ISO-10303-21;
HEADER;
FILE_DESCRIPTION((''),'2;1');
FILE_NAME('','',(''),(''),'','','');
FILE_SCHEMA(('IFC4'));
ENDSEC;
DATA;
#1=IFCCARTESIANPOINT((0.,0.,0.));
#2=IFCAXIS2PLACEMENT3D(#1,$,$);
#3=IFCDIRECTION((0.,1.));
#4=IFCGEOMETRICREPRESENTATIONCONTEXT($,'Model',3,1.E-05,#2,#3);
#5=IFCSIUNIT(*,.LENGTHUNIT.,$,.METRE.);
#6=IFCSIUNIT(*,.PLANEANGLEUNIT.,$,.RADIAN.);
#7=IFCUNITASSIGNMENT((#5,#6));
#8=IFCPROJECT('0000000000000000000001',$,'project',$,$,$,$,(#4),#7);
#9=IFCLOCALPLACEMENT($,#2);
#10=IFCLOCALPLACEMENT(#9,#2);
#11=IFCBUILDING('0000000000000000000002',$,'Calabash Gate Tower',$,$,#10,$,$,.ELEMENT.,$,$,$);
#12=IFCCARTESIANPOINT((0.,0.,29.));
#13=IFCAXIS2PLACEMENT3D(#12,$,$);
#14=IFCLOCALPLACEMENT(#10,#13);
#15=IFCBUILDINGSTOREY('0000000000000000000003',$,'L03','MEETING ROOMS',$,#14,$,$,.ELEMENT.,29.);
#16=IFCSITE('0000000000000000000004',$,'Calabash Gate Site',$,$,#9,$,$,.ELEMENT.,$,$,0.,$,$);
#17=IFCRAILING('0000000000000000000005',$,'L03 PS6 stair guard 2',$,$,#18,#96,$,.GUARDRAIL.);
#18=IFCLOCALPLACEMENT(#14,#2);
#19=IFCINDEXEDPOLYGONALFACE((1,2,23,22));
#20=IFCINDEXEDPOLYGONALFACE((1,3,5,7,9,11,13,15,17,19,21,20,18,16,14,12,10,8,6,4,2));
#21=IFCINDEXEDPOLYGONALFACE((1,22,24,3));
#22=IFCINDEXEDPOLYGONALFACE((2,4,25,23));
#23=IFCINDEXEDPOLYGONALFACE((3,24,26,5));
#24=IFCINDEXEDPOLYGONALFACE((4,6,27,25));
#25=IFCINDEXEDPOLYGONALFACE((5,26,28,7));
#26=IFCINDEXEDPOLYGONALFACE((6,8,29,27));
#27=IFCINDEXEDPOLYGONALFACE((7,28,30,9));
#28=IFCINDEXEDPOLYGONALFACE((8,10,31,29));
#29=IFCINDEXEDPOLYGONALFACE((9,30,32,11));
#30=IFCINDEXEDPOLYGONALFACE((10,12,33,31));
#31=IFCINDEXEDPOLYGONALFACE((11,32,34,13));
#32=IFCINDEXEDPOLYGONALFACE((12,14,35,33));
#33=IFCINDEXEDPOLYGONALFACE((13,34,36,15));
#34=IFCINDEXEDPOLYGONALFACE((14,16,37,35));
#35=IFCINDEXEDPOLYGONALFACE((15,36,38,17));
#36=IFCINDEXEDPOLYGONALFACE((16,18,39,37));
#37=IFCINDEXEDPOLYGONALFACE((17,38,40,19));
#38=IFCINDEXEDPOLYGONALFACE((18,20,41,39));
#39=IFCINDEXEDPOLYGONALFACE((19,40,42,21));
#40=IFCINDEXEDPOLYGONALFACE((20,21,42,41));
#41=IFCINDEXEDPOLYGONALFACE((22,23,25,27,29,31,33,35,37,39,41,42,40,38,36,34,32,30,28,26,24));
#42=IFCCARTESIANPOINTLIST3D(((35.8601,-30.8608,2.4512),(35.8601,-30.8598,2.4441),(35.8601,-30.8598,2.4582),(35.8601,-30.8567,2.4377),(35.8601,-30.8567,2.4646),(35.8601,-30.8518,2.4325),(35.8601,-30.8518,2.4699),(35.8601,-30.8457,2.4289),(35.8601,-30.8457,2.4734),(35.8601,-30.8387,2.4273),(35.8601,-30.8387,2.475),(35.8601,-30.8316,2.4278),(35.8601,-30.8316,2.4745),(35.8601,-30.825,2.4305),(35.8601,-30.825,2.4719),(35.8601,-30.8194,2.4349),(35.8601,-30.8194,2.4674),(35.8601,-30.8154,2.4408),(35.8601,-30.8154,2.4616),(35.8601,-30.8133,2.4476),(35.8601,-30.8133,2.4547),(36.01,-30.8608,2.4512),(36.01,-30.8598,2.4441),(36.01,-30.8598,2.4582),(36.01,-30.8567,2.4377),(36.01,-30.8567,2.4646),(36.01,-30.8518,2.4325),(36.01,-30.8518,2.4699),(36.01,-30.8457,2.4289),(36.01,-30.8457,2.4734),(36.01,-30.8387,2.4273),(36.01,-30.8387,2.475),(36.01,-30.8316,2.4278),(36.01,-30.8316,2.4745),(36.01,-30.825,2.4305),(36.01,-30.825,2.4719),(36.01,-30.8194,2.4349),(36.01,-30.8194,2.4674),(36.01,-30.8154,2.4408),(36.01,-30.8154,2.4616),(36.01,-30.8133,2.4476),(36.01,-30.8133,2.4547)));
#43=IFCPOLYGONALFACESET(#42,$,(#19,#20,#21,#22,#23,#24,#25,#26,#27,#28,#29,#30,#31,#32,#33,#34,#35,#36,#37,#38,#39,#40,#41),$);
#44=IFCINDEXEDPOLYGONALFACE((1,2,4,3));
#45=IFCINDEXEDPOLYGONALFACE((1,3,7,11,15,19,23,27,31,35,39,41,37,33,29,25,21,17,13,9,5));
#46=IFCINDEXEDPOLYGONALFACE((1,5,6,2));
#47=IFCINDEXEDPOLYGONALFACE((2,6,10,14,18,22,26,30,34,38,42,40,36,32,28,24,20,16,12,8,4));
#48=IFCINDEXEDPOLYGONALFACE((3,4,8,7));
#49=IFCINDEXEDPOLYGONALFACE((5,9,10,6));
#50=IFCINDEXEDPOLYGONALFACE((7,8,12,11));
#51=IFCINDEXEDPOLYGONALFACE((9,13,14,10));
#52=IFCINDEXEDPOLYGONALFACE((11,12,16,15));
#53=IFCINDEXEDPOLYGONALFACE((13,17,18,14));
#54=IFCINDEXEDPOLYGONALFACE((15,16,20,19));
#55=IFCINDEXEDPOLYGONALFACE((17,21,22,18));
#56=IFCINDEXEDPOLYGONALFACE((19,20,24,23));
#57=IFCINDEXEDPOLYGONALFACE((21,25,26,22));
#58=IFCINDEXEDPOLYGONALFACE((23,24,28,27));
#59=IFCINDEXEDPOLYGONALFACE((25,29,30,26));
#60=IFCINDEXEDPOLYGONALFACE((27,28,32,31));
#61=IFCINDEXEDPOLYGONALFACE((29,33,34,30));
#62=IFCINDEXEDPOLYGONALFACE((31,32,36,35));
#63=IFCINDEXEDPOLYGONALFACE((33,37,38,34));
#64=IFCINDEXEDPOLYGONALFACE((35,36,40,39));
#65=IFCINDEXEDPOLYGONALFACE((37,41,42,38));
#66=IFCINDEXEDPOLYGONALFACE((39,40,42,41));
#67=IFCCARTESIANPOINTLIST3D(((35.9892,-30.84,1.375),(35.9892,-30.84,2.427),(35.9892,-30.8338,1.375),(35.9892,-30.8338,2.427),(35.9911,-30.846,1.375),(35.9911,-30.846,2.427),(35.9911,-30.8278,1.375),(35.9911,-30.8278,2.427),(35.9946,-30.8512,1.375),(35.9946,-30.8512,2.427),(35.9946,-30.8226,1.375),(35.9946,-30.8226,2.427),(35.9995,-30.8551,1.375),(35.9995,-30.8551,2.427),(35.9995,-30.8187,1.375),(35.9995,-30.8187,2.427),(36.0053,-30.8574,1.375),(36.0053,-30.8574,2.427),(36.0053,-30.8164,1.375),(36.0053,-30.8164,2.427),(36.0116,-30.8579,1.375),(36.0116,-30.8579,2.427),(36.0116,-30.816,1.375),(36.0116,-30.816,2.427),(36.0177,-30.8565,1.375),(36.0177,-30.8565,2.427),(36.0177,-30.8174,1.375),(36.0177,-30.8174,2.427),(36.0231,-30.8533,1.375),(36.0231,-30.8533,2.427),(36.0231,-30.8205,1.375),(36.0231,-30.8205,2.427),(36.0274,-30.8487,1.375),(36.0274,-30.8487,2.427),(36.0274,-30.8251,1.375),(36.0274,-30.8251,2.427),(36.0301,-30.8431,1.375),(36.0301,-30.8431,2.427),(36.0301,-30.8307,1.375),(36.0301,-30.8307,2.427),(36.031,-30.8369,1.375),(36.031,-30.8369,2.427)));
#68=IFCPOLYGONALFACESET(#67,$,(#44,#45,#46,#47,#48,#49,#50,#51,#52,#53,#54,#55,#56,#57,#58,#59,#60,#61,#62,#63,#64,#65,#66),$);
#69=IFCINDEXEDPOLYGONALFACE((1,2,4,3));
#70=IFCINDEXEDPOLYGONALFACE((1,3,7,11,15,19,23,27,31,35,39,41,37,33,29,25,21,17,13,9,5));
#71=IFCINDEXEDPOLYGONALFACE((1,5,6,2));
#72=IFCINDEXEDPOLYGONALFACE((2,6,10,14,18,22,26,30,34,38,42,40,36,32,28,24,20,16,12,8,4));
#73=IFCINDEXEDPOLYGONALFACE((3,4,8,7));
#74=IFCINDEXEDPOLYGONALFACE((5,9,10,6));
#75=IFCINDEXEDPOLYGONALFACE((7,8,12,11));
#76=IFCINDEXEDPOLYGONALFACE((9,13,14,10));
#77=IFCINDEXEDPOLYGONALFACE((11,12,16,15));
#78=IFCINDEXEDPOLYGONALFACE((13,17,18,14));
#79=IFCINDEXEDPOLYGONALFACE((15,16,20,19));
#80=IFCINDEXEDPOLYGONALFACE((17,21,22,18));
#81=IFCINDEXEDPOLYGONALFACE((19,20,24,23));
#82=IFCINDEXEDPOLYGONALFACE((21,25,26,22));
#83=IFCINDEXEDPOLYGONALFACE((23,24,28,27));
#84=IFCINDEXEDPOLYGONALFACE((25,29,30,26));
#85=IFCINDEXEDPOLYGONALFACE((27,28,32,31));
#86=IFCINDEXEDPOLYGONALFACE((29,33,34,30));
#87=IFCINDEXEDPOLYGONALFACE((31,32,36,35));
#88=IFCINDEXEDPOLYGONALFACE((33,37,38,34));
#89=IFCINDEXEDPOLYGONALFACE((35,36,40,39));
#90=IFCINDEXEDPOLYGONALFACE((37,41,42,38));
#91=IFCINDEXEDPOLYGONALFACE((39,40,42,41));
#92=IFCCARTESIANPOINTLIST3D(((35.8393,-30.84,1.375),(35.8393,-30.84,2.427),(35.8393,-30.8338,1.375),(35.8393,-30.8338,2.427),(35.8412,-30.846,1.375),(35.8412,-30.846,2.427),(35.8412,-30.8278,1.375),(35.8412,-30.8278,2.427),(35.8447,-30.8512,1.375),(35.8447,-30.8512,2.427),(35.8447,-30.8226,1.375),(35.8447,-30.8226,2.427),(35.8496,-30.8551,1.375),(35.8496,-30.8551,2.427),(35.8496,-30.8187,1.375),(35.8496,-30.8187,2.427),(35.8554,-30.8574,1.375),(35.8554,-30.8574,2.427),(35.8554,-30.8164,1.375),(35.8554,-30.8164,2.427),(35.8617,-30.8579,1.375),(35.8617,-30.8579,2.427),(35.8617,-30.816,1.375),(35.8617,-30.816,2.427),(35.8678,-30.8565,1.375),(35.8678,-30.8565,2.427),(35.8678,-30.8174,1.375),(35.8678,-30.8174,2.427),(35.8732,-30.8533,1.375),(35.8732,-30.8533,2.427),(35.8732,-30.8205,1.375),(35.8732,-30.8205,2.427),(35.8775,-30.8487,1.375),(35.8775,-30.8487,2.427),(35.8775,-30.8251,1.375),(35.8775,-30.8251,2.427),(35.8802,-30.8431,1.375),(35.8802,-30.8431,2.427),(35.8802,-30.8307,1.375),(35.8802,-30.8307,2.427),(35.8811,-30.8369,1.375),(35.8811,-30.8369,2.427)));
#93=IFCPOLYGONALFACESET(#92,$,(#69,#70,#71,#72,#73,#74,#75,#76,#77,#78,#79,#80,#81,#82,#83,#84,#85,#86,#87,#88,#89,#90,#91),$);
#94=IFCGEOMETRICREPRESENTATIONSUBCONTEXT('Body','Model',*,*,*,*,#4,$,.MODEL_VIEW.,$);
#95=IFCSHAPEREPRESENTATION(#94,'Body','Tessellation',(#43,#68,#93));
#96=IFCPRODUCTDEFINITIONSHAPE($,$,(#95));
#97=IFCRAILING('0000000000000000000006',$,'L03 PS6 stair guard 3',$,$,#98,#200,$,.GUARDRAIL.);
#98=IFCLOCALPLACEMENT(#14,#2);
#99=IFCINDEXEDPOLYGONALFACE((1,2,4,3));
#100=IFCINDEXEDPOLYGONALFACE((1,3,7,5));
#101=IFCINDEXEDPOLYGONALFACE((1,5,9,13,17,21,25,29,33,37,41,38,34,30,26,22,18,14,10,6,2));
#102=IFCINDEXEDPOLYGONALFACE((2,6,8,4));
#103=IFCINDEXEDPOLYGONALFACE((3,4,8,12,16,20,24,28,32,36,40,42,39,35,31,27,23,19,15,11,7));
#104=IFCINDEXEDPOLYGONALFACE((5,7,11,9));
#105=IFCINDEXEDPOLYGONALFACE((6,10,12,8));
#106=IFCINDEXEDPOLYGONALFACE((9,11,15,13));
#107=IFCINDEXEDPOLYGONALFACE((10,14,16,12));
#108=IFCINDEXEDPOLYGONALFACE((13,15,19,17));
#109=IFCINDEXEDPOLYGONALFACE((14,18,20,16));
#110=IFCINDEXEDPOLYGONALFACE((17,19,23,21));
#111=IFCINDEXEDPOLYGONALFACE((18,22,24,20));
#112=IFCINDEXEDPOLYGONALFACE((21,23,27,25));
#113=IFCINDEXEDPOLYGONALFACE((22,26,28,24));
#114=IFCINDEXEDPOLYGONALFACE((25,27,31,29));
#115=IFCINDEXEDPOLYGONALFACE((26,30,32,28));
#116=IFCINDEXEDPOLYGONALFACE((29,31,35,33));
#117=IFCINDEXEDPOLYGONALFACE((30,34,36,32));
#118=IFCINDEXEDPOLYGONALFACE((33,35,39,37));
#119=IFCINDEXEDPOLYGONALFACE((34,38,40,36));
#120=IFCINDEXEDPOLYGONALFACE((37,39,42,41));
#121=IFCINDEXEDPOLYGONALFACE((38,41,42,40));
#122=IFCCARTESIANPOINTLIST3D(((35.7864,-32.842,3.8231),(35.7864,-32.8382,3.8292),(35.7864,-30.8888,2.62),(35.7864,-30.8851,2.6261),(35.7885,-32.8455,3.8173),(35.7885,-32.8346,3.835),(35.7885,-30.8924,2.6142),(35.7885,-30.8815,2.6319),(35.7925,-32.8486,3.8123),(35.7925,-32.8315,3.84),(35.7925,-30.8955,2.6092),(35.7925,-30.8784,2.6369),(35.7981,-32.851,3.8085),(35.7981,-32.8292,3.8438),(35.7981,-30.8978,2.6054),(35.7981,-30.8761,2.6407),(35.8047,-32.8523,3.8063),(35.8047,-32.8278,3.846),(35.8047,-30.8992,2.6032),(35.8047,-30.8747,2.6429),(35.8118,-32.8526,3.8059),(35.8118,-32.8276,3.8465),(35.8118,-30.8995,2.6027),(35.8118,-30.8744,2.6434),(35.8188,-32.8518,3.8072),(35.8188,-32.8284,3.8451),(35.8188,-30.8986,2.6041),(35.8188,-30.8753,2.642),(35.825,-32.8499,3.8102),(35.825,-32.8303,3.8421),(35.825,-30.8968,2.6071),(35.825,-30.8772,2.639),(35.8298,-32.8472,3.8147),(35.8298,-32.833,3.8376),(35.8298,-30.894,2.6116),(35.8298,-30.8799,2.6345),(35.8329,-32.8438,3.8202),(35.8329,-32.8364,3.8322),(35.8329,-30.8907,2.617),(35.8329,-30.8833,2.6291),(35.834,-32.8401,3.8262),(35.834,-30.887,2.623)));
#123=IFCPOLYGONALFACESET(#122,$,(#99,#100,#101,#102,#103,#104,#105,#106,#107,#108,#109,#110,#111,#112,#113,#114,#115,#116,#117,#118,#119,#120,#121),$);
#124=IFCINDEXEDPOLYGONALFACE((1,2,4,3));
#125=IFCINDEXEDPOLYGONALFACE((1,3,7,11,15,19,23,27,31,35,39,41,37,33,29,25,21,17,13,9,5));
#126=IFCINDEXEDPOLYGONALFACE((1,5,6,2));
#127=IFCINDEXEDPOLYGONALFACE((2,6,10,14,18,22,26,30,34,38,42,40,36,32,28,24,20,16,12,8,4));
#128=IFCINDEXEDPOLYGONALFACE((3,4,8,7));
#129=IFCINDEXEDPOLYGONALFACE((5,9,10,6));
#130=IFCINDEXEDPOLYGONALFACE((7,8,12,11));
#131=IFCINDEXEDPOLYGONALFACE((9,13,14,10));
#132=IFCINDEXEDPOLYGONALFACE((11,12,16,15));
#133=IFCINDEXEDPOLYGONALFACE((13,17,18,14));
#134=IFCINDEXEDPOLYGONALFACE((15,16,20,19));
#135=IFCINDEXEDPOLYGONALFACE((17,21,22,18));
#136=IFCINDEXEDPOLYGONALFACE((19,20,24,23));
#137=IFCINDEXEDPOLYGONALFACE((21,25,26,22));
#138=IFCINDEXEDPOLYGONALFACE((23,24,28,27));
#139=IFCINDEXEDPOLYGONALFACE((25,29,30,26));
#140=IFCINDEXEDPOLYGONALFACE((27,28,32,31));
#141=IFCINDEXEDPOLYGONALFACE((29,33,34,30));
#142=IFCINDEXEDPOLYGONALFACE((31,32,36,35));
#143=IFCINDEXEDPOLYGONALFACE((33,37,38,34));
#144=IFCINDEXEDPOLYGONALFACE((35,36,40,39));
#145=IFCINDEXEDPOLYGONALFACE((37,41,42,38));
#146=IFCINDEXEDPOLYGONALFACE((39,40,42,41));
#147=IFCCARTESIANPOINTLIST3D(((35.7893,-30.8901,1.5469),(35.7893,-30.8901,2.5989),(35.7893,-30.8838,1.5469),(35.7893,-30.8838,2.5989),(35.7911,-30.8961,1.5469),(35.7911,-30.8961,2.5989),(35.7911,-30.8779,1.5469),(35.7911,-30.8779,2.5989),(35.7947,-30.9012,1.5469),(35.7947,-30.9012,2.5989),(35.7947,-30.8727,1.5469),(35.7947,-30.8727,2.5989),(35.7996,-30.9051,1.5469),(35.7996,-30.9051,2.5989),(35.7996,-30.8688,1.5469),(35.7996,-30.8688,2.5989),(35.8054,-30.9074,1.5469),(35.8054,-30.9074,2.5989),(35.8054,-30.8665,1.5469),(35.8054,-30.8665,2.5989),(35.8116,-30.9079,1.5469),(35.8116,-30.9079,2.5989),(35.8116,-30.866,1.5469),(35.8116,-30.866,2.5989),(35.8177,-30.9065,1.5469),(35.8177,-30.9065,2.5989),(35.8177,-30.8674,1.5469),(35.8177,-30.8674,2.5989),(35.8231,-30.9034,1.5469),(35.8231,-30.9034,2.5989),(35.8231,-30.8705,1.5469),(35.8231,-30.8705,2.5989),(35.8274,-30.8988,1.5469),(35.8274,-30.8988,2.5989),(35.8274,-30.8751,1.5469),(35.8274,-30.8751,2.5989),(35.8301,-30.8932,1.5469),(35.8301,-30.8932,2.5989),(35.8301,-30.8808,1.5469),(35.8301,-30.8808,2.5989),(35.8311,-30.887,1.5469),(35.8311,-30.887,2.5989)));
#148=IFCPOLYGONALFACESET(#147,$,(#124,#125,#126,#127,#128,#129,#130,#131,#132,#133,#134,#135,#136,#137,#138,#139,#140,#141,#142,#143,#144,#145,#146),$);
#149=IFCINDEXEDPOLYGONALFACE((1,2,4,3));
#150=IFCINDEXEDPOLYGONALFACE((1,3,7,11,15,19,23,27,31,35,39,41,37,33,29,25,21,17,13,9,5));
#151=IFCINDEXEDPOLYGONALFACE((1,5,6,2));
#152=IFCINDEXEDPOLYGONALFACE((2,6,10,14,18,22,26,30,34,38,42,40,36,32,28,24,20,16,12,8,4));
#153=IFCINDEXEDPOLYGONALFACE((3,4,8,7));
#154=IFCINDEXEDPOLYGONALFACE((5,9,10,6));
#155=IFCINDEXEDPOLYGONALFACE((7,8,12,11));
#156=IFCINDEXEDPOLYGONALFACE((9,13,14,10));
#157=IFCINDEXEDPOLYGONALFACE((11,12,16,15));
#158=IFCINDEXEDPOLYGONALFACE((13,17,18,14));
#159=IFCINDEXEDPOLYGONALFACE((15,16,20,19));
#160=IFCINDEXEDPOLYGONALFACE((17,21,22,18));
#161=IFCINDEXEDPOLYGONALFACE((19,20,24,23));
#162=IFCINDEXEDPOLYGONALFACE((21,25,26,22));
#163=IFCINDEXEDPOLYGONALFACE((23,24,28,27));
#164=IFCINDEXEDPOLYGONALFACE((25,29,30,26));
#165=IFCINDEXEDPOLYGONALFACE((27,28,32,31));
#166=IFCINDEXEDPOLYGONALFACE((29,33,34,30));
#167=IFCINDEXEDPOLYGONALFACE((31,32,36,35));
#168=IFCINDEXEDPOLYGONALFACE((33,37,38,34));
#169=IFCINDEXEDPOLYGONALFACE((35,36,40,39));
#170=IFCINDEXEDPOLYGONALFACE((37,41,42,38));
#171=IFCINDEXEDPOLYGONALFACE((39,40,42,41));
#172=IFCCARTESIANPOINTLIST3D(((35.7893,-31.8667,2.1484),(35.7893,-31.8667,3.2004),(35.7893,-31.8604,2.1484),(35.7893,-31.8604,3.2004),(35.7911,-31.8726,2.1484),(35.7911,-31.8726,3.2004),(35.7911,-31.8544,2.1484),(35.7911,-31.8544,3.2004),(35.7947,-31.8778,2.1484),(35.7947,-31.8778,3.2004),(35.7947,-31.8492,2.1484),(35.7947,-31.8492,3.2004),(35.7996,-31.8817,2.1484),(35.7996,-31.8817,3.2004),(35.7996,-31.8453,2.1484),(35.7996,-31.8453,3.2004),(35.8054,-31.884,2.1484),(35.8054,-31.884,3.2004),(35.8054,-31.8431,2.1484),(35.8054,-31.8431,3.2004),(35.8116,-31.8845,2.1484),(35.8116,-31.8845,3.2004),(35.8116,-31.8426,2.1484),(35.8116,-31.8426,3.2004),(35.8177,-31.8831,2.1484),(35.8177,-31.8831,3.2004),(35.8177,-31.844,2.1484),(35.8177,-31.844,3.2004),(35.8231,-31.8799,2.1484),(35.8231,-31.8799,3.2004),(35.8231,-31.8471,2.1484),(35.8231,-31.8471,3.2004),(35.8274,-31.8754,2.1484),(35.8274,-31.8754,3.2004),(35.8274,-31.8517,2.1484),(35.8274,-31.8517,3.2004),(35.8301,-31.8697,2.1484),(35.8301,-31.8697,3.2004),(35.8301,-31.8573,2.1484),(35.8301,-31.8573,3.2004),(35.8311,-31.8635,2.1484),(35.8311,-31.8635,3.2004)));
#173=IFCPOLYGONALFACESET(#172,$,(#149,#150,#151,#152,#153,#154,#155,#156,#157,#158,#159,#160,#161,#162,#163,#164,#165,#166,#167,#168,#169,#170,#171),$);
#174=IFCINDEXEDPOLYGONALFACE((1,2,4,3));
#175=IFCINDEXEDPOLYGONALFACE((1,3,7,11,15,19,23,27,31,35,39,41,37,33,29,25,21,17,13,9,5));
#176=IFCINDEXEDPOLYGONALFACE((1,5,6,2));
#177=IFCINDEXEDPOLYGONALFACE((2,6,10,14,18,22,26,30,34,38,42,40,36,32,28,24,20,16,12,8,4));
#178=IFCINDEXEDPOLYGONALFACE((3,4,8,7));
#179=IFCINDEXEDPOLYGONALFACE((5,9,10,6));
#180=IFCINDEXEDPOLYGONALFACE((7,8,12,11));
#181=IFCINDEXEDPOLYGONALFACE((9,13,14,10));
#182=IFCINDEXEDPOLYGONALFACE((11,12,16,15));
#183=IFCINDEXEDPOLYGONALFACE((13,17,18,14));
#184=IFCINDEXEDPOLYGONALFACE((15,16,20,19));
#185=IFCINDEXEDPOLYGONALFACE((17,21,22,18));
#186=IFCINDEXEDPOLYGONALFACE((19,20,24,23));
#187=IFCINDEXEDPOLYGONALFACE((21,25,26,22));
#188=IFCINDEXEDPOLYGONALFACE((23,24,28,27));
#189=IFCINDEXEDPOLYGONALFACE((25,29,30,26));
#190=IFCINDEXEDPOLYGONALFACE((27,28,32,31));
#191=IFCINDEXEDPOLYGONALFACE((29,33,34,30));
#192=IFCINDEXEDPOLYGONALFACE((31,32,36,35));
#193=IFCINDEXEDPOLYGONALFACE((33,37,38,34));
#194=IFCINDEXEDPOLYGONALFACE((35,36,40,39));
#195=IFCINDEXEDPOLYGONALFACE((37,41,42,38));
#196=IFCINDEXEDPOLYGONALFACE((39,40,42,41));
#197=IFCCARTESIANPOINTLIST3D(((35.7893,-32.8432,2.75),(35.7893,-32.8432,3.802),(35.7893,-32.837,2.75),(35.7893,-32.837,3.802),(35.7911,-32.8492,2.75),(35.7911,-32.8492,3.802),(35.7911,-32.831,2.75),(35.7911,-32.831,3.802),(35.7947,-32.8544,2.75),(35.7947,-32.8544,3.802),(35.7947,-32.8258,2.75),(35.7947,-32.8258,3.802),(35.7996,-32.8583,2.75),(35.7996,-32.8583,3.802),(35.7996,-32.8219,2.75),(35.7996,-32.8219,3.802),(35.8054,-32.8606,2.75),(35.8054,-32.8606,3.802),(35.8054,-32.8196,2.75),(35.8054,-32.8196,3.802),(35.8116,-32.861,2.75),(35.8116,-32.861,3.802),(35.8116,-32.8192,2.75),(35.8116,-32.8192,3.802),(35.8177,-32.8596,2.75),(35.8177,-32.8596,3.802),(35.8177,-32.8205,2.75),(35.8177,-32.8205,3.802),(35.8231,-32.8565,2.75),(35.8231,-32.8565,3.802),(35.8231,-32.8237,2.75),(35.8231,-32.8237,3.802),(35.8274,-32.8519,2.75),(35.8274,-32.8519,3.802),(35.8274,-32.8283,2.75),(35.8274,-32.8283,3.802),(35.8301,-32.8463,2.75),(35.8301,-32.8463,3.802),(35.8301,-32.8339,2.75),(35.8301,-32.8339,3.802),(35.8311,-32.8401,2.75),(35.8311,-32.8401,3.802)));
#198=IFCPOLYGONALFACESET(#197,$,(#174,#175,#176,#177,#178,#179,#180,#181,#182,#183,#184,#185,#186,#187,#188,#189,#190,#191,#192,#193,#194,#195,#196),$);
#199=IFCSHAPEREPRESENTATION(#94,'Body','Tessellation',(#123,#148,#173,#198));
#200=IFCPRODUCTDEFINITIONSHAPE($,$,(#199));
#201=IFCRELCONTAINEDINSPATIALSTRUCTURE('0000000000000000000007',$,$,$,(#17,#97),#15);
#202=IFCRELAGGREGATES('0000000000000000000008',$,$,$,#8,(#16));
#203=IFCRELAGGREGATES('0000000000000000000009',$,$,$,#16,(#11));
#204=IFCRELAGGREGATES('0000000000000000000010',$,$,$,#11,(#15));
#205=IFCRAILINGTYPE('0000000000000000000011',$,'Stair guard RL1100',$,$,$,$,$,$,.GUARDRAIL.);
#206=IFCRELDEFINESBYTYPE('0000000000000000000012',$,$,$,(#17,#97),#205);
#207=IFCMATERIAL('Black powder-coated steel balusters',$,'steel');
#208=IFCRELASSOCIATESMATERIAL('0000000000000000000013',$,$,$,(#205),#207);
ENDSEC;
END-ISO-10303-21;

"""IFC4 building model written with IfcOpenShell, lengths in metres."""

from ifc_helpers import new_model, si_unit, direction, frame, origin, origin_2d, place, context, subcontext, project, spatial, circle, extrude, material, type_object, element, save


model = new_model("IFC4")

# Units and contexts
model_context = context("Model", 3, precision=1e-05, world=origin(), true_north=direction((0.0, 1.0)))
body_context = subcontext(model_context, "Body", "Model", "MODEL_VIEW")
ifc_project = project(units=[si_unit("LENGTHUNIT", "METRE"), si_unit("PLANEANGLEUNIT", "RADIAN")], contexts=[model_context])

# Site, building, storey
site_placement = place(None, origin())
site = spatial("IfcSite", under=ifc_project, at=site_placement, Name="Calabash Gate Site", CompositionType="ELEMENT", RefElevation=0.0)
building_placement = place(site_placement, origin())
building = spatial("IfcBuilding", under=site, at=building_placement, Name="Calabash Gate Tower", CompositionType="ELEMENT")
storey_placement = place(building_placement, frame((0.0, 0.0, 29.0)))
storey = spatial("IfcBuildingStorey", under=building, at=storey_placement, Name="L03", Description="MEETING ROOMS", CompositionType="ELEMENT", Elevation=29.0)

# Railings
ifc_material_1 = material(Name="Black powder-coated steel balusters", Category="steel")
railing_type_1 = type_object("IfcRailingType", Name="Stair guard RL1100", PredefinedType="GUARDRAIL", material=ifc_material_1)
railing_1_placement = place(storey_placement, frame((36.01, -30.8369, 1.375)))
element("IfcRailing", 1, at=railing_1_placement, inside=storey, type_object=railing_type_1, Name="L03 PS6 stair guard 2", PredefinedType="GUARDRAIL", context=body_context, shape_type="SweptSolid", body=[
    extrude(circle(Radius=0.0239, at=origin_2d()), frame((0.0, 0.0, 1.0762), z_axis=(-1.0, 0.0, 0.0), x_axis=(0.0, -1.0, 0.0)), (0.0, 0.0, 1.0), 0.1499),
    extrude(circle(Radius=0.021, at=origin_2d()), origin(), (0.0, 0.0, 1.0), 1.052),
    extrude(circle(Radius=0.021, at=origin_2d()), frame((-0.1499, 0.0, 0.0)), (0.0, 0.0, 1.0), 1.052),
])
railing_2_placement = place(storey_placement, frame((35.8101, -30.887, 1.5469)))
element("IfcRailing", 2, at=railing_2_placement, inside=storey, type_object=railing_type_1, Name="L03 PS6 stair guard 3", PredefinedType="GUARDRAIL", context=body_context, shape_type="SweptSolid", body=[
    extrude(circle(Radius=0.0239, at=origin_2d()), frame((0.0, 0.0, 1.0762), z_axis=(0.0, -0.851424, 0.524477), x_axis=(1.0, 0.0, 0.0)), (0.0, 0.0, 1.0), 2.2939),
    extrude(circle(Radius=0.021, at=origin_2d()), origin(), (0.0, 0.0, 1.0), 1.052),
    extrude(circle(Radius=0.021, at=origin_2d()), frame((0.0, -0.9766, 0.6016)), (0.0, 0.0, 1.0), 1.052),
    extrude(circle(Radius=0.021, at=origin_2d()), frame((0.0, -1.9531, 1.2031)), (0.0, 0.0, 1.0), 1.052),
])

save(model, "model.ifc")
